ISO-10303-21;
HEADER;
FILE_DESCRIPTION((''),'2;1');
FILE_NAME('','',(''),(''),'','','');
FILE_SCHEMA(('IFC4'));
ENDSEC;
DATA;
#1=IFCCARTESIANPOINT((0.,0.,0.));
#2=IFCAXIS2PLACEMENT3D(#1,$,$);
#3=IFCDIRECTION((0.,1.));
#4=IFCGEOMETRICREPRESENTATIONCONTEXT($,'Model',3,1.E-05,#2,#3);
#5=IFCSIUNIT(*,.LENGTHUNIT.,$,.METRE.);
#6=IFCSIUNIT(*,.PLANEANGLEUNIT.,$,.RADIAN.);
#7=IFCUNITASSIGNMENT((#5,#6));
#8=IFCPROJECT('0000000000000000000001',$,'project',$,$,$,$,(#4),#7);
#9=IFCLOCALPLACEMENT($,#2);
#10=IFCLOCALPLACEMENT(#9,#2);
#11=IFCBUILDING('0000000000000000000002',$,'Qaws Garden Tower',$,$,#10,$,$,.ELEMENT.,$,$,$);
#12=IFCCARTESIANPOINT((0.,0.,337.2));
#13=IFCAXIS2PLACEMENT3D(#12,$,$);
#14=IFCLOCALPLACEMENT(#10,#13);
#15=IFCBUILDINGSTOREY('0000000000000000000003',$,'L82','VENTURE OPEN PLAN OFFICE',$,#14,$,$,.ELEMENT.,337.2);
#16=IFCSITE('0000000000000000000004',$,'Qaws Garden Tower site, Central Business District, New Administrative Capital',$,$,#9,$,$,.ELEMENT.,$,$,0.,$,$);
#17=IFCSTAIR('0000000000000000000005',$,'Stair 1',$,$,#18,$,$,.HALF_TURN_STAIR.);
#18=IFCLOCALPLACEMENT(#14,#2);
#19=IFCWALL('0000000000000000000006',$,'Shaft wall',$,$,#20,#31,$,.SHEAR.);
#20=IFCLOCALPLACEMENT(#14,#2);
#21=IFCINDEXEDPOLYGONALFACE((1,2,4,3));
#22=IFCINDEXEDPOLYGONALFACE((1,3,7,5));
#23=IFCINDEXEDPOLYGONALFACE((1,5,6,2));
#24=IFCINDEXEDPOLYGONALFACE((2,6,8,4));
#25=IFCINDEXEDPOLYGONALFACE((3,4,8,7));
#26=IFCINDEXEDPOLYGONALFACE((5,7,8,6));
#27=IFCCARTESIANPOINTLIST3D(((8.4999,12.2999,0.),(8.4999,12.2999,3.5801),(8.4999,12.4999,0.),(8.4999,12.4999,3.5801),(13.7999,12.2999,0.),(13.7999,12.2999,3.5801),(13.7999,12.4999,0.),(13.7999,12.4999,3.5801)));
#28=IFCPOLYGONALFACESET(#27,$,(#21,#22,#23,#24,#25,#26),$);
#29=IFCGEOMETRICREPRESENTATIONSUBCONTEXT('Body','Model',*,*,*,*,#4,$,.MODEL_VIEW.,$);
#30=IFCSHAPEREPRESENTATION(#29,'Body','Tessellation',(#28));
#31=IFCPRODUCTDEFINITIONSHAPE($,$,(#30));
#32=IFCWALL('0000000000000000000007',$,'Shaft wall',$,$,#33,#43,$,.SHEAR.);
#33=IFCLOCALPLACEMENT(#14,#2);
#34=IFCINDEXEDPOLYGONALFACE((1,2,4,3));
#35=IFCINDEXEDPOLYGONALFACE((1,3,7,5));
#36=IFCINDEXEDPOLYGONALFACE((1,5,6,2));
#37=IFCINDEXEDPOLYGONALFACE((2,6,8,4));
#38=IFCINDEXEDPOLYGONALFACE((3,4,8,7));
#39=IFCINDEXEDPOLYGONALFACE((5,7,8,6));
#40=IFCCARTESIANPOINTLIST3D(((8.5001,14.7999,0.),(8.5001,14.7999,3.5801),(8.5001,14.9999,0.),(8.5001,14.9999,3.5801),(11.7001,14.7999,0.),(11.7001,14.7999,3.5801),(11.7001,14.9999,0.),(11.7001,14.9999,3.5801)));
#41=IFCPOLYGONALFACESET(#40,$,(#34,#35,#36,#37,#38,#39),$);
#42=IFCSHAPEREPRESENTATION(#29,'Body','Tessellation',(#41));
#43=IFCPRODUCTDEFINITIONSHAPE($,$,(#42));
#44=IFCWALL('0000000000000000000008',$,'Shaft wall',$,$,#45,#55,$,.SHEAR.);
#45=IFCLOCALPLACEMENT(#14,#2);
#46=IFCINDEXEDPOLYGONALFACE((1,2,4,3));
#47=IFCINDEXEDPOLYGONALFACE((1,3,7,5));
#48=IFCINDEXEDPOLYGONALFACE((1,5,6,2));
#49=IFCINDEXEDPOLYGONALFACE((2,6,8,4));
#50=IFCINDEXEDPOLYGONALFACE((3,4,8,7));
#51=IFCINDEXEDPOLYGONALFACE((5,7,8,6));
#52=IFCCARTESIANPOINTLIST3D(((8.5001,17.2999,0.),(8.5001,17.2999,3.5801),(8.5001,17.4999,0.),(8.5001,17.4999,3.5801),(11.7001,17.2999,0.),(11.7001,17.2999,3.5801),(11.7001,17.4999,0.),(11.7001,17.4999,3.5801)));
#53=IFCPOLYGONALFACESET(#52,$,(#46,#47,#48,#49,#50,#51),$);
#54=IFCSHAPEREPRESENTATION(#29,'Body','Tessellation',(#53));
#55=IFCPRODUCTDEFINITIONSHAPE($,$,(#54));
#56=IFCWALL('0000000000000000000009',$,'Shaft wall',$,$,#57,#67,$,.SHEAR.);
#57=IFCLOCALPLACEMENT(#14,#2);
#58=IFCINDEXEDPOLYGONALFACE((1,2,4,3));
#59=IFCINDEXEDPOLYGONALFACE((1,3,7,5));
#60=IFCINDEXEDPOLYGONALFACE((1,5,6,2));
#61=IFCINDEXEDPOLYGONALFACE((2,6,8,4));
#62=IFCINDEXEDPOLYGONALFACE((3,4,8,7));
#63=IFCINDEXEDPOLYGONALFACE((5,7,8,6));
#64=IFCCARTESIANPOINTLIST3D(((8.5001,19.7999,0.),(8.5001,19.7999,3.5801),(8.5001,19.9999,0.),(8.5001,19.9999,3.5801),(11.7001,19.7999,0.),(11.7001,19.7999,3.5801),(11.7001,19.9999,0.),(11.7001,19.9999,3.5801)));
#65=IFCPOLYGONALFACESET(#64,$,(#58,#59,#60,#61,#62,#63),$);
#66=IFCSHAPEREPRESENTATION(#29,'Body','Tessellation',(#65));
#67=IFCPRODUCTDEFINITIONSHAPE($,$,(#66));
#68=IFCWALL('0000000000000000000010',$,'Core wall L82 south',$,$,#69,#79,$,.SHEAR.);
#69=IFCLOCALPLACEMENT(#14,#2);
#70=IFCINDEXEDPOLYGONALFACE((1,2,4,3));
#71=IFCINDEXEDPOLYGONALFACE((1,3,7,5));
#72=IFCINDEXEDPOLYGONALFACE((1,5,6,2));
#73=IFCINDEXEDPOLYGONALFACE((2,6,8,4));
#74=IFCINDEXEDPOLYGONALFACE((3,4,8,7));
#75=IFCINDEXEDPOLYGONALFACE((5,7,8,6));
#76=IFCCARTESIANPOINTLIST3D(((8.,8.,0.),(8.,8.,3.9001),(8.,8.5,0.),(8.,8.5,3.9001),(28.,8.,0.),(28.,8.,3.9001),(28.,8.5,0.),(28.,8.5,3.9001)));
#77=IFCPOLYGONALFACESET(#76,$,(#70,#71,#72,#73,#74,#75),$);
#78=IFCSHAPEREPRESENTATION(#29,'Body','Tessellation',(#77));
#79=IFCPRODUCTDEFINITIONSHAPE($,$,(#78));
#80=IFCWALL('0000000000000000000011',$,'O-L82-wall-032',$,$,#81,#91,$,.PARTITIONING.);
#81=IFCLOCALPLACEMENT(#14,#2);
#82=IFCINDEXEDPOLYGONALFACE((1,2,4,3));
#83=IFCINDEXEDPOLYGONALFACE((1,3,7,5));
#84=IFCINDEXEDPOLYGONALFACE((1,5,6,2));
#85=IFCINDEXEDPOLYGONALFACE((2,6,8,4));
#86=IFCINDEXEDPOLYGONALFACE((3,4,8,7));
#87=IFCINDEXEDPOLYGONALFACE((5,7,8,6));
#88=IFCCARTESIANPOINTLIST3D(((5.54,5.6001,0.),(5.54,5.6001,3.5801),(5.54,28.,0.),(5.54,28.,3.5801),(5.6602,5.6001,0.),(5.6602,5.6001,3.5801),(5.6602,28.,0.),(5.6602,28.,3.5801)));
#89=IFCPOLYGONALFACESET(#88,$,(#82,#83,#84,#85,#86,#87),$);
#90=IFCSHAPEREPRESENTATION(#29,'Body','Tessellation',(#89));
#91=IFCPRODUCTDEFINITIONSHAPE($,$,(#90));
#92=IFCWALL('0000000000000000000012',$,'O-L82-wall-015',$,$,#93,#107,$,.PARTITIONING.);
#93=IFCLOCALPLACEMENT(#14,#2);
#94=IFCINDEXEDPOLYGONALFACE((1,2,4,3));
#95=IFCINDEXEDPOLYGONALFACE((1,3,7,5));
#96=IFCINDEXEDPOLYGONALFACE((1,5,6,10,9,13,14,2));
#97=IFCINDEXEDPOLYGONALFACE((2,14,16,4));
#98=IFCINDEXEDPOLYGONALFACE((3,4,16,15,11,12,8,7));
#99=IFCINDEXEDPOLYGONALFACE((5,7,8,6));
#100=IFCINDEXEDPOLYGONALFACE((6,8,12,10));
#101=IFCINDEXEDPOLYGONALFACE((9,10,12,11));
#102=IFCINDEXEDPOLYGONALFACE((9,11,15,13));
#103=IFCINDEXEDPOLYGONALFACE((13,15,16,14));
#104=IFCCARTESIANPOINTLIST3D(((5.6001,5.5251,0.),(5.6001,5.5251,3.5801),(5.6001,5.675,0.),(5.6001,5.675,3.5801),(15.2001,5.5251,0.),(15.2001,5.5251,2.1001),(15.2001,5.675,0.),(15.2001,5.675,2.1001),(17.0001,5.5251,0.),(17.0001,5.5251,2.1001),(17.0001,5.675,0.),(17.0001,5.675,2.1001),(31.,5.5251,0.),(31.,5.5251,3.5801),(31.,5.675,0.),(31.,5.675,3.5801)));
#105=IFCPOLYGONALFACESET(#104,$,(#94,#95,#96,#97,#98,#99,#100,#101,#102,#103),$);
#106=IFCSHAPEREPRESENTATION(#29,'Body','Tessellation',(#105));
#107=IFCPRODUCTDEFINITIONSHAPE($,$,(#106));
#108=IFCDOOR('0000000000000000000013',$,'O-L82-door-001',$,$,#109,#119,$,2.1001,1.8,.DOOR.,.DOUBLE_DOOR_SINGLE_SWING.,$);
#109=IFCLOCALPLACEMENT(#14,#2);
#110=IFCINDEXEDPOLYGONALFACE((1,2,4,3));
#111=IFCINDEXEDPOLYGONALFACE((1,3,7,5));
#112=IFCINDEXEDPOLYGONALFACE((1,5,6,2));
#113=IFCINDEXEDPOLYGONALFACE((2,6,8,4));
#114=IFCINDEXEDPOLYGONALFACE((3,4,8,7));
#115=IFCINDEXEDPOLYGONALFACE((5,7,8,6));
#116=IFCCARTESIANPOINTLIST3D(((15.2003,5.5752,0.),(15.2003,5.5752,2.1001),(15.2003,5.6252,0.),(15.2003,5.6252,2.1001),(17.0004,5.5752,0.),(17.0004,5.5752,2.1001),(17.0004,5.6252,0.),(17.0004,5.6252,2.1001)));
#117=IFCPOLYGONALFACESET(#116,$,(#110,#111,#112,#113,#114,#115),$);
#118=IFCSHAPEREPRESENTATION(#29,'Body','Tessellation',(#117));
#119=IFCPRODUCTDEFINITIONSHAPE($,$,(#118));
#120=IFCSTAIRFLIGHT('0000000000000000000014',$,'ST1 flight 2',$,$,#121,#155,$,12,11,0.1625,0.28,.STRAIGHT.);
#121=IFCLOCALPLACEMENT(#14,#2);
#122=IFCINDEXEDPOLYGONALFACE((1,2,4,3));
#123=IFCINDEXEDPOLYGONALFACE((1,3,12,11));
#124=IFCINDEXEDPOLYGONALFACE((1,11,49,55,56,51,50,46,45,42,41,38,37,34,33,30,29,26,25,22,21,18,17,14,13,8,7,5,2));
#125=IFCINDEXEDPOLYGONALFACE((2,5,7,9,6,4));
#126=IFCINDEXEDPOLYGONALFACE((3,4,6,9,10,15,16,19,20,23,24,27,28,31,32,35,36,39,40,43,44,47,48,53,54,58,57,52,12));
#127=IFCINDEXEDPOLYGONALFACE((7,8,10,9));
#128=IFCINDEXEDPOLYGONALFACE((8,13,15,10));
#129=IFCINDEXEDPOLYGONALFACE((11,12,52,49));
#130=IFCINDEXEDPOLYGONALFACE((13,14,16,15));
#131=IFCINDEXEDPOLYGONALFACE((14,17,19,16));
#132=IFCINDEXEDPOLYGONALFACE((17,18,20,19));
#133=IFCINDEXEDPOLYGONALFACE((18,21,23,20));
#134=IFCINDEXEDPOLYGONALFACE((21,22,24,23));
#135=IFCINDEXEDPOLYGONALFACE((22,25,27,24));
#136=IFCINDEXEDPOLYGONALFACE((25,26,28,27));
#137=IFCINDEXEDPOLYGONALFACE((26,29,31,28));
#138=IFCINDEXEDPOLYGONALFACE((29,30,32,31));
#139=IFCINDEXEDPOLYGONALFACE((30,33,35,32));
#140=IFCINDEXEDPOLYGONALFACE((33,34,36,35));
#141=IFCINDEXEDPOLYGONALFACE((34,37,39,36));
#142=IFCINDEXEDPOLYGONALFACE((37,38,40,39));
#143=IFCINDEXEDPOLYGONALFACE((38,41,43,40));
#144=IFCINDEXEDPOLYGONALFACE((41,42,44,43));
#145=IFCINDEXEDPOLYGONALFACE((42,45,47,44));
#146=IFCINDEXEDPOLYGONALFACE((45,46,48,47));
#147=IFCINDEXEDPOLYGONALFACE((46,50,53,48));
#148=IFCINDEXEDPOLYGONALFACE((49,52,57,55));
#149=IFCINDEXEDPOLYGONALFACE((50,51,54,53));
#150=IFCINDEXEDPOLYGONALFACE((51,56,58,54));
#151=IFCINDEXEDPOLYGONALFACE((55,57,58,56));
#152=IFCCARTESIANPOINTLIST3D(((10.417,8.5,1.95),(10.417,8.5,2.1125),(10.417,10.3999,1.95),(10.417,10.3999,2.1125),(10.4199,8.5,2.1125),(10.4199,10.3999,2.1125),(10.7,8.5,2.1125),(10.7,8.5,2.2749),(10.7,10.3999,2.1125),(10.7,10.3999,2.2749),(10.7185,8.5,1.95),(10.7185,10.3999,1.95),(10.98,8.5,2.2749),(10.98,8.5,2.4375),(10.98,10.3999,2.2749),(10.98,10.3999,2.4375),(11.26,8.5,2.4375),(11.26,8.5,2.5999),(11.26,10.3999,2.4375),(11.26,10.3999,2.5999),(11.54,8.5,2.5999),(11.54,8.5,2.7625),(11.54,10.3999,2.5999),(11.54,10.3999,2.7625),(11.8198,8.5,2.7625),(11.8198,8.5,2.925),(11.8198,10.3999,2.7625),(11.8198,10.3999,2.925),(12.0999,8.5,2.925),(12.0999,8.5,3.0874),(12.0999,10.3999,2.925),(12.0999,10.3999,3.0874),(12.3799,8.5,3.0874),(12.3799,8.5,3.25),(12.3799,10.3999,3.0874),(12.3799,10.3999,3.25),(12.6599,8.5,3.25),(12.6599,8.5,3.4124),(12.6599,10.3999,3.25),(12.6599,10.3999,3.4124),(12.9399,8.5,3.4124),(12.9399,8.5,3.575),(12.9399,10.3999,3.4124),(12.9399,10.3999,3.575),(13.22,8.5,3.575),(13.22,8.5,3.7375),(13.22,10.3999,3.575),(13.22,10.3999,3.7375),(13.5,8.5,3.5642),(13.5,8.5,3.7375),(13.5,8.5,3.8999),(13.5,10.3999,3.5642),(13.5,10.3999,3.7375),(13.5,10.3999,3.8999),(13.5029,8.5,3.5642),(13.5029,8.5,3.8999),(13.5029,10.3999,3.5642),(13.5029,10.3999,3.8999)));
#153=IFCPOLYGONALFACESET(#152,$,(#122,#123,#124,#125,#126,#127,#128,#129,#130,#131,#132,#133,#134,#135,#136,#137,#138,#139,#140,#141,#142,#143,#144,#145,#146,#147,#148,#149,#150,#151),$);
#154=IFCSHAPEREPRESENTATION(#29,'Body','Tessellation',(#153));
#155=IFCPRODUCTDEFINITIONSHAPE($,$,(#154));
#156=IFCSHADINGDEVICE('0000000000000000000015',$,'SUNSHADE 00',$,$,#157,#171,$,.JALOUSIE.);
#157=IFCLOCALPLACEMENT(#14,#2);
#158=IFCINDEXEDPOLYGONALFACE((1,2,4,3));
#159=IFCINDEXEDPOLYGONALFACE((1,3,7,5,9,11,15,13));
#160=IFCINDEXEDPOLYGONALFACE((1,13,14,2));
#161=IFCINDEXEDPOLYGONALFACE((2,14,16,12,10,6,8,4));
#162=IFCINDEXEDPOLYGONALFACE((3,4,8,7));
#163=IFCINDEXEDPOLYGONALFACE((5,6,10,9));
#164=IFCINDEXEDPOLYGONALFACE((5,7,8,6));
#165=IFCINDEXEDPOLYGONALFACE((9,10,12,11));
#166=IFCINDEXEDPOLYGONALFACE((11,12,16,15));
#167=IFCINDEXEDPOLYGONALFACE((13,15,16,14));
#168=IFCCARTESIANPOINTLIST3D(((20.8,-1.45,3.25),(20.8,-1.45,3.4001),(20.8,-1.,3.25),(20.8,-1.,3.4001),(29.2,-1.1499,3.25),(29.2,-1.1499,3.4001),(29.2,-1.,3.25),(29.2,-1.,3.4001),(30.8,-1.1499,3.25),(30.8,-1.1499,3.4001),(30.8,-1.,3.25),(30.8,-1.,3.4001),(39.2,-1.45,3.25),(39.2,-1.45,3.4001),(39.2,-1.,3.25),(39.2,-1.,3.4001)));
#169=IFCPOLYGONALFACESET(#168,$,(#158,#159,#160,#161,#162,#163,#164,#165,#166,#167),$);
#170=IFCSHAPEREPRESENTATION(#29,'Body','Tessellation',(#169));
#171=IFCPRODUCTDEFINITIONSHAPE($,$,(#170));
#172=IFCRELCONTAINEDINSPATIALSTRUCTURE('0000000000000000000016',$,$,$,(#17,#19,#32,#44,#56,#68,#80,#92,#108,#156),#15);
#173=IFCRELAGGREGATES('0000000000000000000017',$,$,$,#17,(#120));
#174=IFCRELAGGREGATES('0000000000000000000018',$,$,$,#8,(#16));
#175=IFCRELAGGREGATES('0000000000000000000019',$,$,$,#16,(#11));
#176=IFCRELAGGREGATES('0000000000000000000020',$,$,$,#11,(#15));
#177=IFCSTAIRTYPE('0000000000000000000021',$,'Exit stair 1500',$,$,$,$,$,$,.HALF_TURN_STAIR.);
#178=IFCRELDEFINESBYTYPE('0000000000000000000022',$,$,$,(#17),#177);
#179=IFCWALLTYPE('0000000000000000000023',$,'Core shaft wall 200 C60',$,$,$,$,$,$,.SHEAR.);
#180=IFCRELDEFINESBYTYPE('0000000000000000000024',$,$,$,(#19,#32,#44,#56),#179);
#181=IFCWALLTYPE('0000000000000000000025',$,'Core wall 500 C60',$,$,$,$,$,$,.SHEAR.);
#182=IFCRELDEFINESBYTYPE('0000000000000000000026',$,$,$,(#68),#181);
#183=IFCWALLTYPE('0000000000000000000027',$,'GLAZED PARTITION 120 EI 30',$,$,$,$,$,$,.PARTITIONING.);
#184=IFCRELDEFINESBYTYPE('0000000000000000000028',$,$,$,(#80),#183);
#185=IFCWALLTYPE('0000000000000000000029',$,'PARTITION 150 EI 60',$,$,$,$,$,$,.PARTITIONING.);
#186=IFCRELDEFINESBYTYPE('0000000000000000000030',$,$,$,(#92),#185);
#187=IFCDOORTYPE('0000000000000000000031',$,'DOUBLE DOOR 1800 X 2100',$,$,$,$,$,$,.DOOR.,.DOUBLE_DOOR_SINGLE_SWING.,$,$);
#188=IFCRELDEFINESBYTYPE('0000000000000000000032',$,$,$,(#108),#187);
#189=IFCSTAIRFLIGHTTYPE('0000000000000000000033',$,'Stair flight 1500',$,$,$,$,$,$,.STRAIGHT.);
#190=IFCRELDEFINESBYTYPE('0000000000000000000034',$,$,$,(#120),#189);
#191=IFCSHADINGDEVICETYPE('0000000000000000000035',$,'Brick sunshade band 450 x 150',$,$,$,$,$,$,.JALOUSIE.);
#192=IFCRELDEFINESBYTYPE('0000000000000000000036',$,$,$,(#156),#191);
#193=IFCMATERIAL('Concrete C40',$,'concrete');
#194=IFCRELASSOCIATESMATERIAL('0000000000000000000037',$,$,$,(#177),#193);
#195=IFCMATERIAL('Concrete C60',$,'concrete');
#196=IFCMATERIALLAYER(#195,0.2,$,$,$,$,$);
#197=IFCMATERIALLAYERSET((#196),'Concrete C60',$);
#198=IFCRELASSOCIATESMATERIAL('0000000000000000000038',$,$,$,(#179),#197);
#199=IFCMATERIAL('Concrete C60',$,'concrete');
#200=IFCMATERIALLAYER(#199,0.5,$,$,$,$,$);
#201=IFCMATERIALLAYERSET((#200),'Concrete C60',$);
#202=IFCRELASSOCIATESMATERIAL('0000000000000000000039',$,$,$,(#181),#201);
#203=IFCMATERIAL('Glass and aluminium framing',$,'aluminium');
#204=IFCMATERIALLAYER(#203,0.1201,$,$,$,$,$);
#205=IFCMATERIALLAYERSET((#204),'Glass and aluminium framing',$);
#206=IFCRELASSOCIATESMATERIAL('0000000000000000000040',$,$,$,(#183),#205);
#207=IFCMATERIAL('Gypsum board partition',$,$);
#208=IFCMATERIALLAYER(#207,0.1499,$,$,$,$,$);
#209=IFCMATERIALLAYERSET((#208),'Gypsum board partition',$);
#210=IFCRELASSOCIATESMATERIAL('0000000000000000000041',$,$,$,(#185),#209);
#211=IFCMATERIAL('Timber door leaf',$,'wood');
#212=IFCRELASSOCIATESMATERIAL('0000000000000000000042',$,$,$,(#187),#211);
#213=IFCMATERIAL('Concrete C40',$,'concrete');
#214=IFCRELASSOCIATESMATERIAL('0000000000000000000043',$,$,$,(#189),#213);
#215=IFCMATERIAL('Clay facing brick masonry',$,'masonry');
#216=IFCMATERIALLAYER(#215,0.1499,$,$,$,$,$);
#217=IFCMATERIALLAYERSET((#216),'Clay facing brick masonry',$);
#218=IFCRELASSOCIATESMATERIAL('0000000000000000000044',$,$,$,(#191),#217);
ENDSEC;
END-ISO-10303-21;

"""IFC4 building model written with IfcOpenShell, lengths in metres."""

from ifc_helpers import new_model, si_unit, direction, frame, frame_2d, origin, place, context, subcontext, project, spatial, polyline, rectangle, outline, extrude, material, layer, layer_set, type_object, element, fill, aggregate, save


model = new_model("IFC4")

# Units and contexts
model_context = context("Model", 3, precision=1e-05, world=origin(), true_north=direction((0.0, 1.0)))
body_context = subcontext(model_context, "Body", "Model", "MODEL_VIEW")
ifc_project = project(units=[si_unit("LENGTHUNIT", "METRE"), si_unit("PLANEANGLEUNIT", "RADIAN")], contexts=[model_context])

# Site, building, storey
site_placement = place(None, origin())
site = spatial("IfcSite", under=ifc_project, at=site_placement, Name="Qaws Garden Tower site, Central Business District, New Administrative Capital", CompositionType="ELEMENT", RefElevation=0.0)
building_placement = place(site_placement, origin())
building = spatial("IfcBuilding", under=site, at=building_placement, Name="Qaws Garden Tower", CompositionType="ELEMENT")
storey_placement = place(building_placement, frame((0.0, 0.0, 337.2)))
storey = spatial("IfcBuildingStorey", under=building, at=storey_placement, Name="L82", Description="VENTURE OPEN PLAN OFFICE", CompositionType="ELEMENT", Elevation=337.2)

# Stair
ifc_material_1 = material(Name="Concrete C40", Category="concrete")
stair_type_1 = type_object("IfcStairType", Name="Exit stair 1500", PredefinedType="HALF_TURN_STAIR", material=ifc_material_1)
placement_1 = place(storey_placement, origin())
stair_1 = element("IfcStair", 1, at=placement_1, inside=storey, type_object=stair_type_1, Name="Stair 1", PredefinedType="HALF_TURN_STAIR")

# Walls
ifc_material_2 = material(Name="Concrete C60", Category="concrete")
ifc_layer_1 = layer(ifc_material_2, 0.2)
ifc_layer_set_1 = layer_set([ifc_layer_1], Name="Concrete C60")
wall_type_1 = type_object("IfcWallType", Name="Core shaft wall 200 C60", PredefinedType="SHEAR", material=ifc_layer_set_1)
wall_1_placement = place(storey_placement, frame((8.5, 12.3999, 0.0), z_axis=(0.0, 0.0, 1.0), x_axis=(1.0, 0.0, 0.0)))
element("IfcWall", 2, at=wall_1_placement, inside=storey, type_object=wall_type_1, Name="Shaft wall", PredefinedType="SHEAR", context=body_context, shape_type="SweptSolid", body=[
    extrude(rectangle(XDim=5.3, YDim=0.2, at=frame_2d((2.6499, 0.0))), origin(), (0.0, 0.0, 1.0), 3.5801),
])
for number, where, z_axis, x_axis, name in (
    (3, (8.5, 14.8999, 0.0), (0.0, 0.0, 1.0), (1.0, 0.0, 0.0), "Shaft wall"),
    (4, (8.5, 17.3999, 0.0), (0.0, 0.0, 1.0), (1.0, 0.0, 0.0), "Shaft wall"),
    (5, (8.5, 19.8999, 0.0), (0.0, 0.0, 1.0), (1.0, 0.0, 0.0), "Shaft wall"),
):
    element("IfcWall", number, at=place(storey_placement, frame(where, z_axis=z_axis, x_axis=x_axis)), inside=storey, type_object=wall_type_1, Name=name, PredefinedType="SHEAR", context=body_context, shape_type="SweptSolid", body=[
        extrude(rectangle(XDim=3.2, YDim=0.2, at=frame_2d((1.6001, 0.0))), origin(), (0.0, 0.0, 1.0), 3.5801),
    ])
ifc_material_3 = material(Name="Concrete C60", Category="concrete")
ifc_layer_2 = layer(ifc_material_3, 0.5)
ifc_layer_set_2 = layer_set([ifc_layer_2], Name="Concrete C60")
wall_type_2 = type_object("IfcWallType", Name="Core wall 500 C60", PredefinedType="SHEAR", material=ifc_layer_set_2)
wall_2_placement = place(storey_placement, frame((8.0, 8.25, 0.0), z_axis=(0.0, 0.0, 1.0), x_axis=(1.0, 0.0, 0.0)))
element("IfcWall", 6, at=wall_2_placement, inside=storey, type_object=wall_type_2, Name="Core wall L82 south", PredefinedType="SHEAR", context=body_context, shape_type="SweptSolid", body=[
    extrude(rectangle(XDim=20.0, YDim=0.5, at=frame_2d((10.0, 0.0))), origin(), (0.0, 0.0, 1.0), 3.9001),
])
ifc_material_4 = material(Name="Glass and aluminium framing", Category="aluminium")
ifc_layer_3 = layer(ifc_material_4, 0.1201)
ifc_layer_set_3 = layer_set([ifc_layer_3], Name="Glass and aluminium framing")
wall_type_3 = type_object("IfcWallType", Name="GLAZED PARTITION 120 EI 30", PredefinedType="PARTITIONING", material=ifc_layer_set_3)
wall_3_placement = place(storey_placement, frame((5.6001, 5.6001, 0.0), z_axis=(0.0, 0.0, 1.0), x_axis=(0.0, 1.0, 0.0)))
element("IfcWall", 7, at=wall_3_placement, inside=storey, type_object=wall_type_3, Name="O-L82-wall-032", PredefinedType="PARTITIONING", context=body_context, shape_type="SweptSolid", body=[
    extrude(rectangle(XDim=22.3999, YDim=0.1201, at=frame_2d((11.2, 0.0))), origin(), (0.0, 0.0, 1.0), 3.5801),
])

# Wall, opening, door
ifc_material_5 = material(Name="Gypsum board partition")
ifc_layer_4 = layer(ifc_material_5, 0.1499)
ifc_layer_set_4 = layer_set([ifc_layer_4], Name="Gypsum board partition")
wall_type_4 = type_object("IfcWallType", Name="PARTITION 150 EI 60", PredefinedType="PARTITIONING", material=ifc_layer_set_4)
wall_4_placement = place(storey_placement, frame((5.6001, 5.6001, 0.0), z_axis=(0.0, 0.0, 1.0), x_axis=(1.0, 0.0, 0.0)))
wall_4 = element("IfcWall", 8, at=wall_4_placement, inside=storey, type_object=wall_type_4, Name="O-L82-wall-015", PredefinedType="PARTITIONING", context=body_context, shape_type="SweptSolid", body=[
    extrude(rectangle(XDim=25.3999, YDim=0.1499, at=frame_2d((12.7, 0.0))), origin(), (0.0, 0.0, 1.0), 3.5801),
])
opening_1_placement = place(wall_4_placement, frame((9.6001, 0.0, 0.0)))
opening_1 = element("IfcOpeningElement", 9, at=opening_1_placement, cuts=wall_4, PredefinedType="OPENING", context=body_context, shape_type="SweptSolid", body=[
    extrude(rectangle(XDim=1.8, YDim=2.1001, at=frame_2d((0.8999, 1.05))), frame((0.0, 0.085, 0.0), z_axis=(0.0, -1.0, 0.0), x_axis=(1.0, 0.0, 0.0)), (0.0, 0.0, 1.0), 0.1699),
])
ifc_material_6 = material(Name="Timber door leaf", Category="wood")
door_type = type_object("IfcDoorType", Name="DOUBLE DOOR 1800 X 2100", OperationType="DOUBLE_DOOR_SINGLE_SWING", PredefinedType="DOOR", material=ifc_material_6)
door_placement = place(opening_1_placement, frame((1.8, 0.0, 0.0), z_axis=(0.0, 0.0, 1.0), x_axis=(-1.0, 0.0, 0.0)))
door = element("IfcDoor", 10, at=door_placement, inside=storey, type_object=door_type, Name="O-L82-door-001", OperationType="DOUBLE_DOOR_SINGLE_SWING", OverallHeight=2.1001, OverallWidth=1.8, PredefinedType="DOOR", context=body_context, shape_type="SweptSolid", body=[
    extrude(rectangle(XDim=1.8, YDim=2.1001, at=frame_2d((0.8999, 1.05))), frame((0.0, 0.0249, 0.0), z_axis=(0.0, -1.0, 0.0), x_axis=(1.0, 0.0, 0.0)), (0.0, 0.0, 1.0), 0.05),
])
fill(opening_1, door)

# Stair flight
ifc_material_7 = material(Name="Concrete C40", Category="concrete")
stair_flight_type = type_object("IfcStairFlightType", Name="Stair flight 1500", PredefinedType="STRAIGHT", material=ifc_material_7)
stair_flight_placement = place(storey_placement, frame((10.4199, 9.45, 1.95), z_axis=(0.0, 0.0, 1.0), x_axis=(1.0, 0.0, 0.0)))
stair_flight = element("IfcStairFlight", 11, at=stair_flight_placement, type_object=stair_flight_type, Name="ST1 flight 2", NumberOfRisers=12, NumberOfTreads=11, PredefinedType="STRAIGHT", RiserHeight=0.1625, TreadLength=0.28, context=body_context, shape_type="SweptSolid", body=[
    extrude(outline(polyline([(-0.0029, 0.0), (-0.0029, 0.1626), (0.0, 0.1626), (0.28, 0.1626), (0.28, 0.325), (0.5601, 0.325), (0.5601, 0.4875), (0.8401, 0.4875), (0.8401, 0.6499), (1.1201, 0.6499), (1.1201, 0.8125), (1.3999, 0.8125), (1.3999, 0.9751), (1.6799, 0.9751), (1.6799, 1.1375), (1.96, 1.1375), (1.96, 1.3), (2.24, 1.3), (2.24, 1.4624), (2.52, 1.4624), (2.52, 1.625), (2.8, 1.625), (2.8, 1.7876), (3.0801, 1.7876), (3.0801, 1.95), (3.083, 1.95), (3.083, 1.6143), (3.0801, 1.6143), (0.2986, 0.0), (-0.0029, 0.0)])), frame((0.0, 0.95, 0.0), z_axis=(0.0, -1.0, 0.0), x_axis=(1.0, 0.0, 0.0)), (0.0, 0.0, 1.0), 1.8999),
])
aggregate(stair_1, [stair_flight])

# Shading device
ifc_material_8 = material(Name="Clay facing brick masonry", Category="masonry")
ifc_layer_5 = layer(ifc_material_8, 0.1499)
ifc_layer_set_5 = layer_set([ifc_layer_5], Name="Clay facing brick masonry")
shading_device_type = type_object("IfcShadingDeviceType", Name="Brick sunshade band 450 x 150", PredefinedType="JALOUSIE", material=ifc_layer_set_5)
shading_device_placement = place(storey_placement, frame((0.0, 0.0, 3.25)))
element("IfcShadingDevice", 12, at=shading_device_placement, inside=storey, type_object=shading_device_type, Name="SUNSHADE 00", PredefinedType="JALOUSIE", context=body_context, shape_type="SweptSolid", body=[
    extrude(outline(polyline([(20.8, -1.0), (20.8, -1.45), (39.2, -1.45), (39.2, -1.0), (30.8, -1.0), (30.8, -1.1499), (29.2, -1.1499), (29.2, -1.0), (20.8, -1.0)])), origin(), (0.0, 0.0, 1.0), 0.1501),
])

save(model, "model.ifc")
